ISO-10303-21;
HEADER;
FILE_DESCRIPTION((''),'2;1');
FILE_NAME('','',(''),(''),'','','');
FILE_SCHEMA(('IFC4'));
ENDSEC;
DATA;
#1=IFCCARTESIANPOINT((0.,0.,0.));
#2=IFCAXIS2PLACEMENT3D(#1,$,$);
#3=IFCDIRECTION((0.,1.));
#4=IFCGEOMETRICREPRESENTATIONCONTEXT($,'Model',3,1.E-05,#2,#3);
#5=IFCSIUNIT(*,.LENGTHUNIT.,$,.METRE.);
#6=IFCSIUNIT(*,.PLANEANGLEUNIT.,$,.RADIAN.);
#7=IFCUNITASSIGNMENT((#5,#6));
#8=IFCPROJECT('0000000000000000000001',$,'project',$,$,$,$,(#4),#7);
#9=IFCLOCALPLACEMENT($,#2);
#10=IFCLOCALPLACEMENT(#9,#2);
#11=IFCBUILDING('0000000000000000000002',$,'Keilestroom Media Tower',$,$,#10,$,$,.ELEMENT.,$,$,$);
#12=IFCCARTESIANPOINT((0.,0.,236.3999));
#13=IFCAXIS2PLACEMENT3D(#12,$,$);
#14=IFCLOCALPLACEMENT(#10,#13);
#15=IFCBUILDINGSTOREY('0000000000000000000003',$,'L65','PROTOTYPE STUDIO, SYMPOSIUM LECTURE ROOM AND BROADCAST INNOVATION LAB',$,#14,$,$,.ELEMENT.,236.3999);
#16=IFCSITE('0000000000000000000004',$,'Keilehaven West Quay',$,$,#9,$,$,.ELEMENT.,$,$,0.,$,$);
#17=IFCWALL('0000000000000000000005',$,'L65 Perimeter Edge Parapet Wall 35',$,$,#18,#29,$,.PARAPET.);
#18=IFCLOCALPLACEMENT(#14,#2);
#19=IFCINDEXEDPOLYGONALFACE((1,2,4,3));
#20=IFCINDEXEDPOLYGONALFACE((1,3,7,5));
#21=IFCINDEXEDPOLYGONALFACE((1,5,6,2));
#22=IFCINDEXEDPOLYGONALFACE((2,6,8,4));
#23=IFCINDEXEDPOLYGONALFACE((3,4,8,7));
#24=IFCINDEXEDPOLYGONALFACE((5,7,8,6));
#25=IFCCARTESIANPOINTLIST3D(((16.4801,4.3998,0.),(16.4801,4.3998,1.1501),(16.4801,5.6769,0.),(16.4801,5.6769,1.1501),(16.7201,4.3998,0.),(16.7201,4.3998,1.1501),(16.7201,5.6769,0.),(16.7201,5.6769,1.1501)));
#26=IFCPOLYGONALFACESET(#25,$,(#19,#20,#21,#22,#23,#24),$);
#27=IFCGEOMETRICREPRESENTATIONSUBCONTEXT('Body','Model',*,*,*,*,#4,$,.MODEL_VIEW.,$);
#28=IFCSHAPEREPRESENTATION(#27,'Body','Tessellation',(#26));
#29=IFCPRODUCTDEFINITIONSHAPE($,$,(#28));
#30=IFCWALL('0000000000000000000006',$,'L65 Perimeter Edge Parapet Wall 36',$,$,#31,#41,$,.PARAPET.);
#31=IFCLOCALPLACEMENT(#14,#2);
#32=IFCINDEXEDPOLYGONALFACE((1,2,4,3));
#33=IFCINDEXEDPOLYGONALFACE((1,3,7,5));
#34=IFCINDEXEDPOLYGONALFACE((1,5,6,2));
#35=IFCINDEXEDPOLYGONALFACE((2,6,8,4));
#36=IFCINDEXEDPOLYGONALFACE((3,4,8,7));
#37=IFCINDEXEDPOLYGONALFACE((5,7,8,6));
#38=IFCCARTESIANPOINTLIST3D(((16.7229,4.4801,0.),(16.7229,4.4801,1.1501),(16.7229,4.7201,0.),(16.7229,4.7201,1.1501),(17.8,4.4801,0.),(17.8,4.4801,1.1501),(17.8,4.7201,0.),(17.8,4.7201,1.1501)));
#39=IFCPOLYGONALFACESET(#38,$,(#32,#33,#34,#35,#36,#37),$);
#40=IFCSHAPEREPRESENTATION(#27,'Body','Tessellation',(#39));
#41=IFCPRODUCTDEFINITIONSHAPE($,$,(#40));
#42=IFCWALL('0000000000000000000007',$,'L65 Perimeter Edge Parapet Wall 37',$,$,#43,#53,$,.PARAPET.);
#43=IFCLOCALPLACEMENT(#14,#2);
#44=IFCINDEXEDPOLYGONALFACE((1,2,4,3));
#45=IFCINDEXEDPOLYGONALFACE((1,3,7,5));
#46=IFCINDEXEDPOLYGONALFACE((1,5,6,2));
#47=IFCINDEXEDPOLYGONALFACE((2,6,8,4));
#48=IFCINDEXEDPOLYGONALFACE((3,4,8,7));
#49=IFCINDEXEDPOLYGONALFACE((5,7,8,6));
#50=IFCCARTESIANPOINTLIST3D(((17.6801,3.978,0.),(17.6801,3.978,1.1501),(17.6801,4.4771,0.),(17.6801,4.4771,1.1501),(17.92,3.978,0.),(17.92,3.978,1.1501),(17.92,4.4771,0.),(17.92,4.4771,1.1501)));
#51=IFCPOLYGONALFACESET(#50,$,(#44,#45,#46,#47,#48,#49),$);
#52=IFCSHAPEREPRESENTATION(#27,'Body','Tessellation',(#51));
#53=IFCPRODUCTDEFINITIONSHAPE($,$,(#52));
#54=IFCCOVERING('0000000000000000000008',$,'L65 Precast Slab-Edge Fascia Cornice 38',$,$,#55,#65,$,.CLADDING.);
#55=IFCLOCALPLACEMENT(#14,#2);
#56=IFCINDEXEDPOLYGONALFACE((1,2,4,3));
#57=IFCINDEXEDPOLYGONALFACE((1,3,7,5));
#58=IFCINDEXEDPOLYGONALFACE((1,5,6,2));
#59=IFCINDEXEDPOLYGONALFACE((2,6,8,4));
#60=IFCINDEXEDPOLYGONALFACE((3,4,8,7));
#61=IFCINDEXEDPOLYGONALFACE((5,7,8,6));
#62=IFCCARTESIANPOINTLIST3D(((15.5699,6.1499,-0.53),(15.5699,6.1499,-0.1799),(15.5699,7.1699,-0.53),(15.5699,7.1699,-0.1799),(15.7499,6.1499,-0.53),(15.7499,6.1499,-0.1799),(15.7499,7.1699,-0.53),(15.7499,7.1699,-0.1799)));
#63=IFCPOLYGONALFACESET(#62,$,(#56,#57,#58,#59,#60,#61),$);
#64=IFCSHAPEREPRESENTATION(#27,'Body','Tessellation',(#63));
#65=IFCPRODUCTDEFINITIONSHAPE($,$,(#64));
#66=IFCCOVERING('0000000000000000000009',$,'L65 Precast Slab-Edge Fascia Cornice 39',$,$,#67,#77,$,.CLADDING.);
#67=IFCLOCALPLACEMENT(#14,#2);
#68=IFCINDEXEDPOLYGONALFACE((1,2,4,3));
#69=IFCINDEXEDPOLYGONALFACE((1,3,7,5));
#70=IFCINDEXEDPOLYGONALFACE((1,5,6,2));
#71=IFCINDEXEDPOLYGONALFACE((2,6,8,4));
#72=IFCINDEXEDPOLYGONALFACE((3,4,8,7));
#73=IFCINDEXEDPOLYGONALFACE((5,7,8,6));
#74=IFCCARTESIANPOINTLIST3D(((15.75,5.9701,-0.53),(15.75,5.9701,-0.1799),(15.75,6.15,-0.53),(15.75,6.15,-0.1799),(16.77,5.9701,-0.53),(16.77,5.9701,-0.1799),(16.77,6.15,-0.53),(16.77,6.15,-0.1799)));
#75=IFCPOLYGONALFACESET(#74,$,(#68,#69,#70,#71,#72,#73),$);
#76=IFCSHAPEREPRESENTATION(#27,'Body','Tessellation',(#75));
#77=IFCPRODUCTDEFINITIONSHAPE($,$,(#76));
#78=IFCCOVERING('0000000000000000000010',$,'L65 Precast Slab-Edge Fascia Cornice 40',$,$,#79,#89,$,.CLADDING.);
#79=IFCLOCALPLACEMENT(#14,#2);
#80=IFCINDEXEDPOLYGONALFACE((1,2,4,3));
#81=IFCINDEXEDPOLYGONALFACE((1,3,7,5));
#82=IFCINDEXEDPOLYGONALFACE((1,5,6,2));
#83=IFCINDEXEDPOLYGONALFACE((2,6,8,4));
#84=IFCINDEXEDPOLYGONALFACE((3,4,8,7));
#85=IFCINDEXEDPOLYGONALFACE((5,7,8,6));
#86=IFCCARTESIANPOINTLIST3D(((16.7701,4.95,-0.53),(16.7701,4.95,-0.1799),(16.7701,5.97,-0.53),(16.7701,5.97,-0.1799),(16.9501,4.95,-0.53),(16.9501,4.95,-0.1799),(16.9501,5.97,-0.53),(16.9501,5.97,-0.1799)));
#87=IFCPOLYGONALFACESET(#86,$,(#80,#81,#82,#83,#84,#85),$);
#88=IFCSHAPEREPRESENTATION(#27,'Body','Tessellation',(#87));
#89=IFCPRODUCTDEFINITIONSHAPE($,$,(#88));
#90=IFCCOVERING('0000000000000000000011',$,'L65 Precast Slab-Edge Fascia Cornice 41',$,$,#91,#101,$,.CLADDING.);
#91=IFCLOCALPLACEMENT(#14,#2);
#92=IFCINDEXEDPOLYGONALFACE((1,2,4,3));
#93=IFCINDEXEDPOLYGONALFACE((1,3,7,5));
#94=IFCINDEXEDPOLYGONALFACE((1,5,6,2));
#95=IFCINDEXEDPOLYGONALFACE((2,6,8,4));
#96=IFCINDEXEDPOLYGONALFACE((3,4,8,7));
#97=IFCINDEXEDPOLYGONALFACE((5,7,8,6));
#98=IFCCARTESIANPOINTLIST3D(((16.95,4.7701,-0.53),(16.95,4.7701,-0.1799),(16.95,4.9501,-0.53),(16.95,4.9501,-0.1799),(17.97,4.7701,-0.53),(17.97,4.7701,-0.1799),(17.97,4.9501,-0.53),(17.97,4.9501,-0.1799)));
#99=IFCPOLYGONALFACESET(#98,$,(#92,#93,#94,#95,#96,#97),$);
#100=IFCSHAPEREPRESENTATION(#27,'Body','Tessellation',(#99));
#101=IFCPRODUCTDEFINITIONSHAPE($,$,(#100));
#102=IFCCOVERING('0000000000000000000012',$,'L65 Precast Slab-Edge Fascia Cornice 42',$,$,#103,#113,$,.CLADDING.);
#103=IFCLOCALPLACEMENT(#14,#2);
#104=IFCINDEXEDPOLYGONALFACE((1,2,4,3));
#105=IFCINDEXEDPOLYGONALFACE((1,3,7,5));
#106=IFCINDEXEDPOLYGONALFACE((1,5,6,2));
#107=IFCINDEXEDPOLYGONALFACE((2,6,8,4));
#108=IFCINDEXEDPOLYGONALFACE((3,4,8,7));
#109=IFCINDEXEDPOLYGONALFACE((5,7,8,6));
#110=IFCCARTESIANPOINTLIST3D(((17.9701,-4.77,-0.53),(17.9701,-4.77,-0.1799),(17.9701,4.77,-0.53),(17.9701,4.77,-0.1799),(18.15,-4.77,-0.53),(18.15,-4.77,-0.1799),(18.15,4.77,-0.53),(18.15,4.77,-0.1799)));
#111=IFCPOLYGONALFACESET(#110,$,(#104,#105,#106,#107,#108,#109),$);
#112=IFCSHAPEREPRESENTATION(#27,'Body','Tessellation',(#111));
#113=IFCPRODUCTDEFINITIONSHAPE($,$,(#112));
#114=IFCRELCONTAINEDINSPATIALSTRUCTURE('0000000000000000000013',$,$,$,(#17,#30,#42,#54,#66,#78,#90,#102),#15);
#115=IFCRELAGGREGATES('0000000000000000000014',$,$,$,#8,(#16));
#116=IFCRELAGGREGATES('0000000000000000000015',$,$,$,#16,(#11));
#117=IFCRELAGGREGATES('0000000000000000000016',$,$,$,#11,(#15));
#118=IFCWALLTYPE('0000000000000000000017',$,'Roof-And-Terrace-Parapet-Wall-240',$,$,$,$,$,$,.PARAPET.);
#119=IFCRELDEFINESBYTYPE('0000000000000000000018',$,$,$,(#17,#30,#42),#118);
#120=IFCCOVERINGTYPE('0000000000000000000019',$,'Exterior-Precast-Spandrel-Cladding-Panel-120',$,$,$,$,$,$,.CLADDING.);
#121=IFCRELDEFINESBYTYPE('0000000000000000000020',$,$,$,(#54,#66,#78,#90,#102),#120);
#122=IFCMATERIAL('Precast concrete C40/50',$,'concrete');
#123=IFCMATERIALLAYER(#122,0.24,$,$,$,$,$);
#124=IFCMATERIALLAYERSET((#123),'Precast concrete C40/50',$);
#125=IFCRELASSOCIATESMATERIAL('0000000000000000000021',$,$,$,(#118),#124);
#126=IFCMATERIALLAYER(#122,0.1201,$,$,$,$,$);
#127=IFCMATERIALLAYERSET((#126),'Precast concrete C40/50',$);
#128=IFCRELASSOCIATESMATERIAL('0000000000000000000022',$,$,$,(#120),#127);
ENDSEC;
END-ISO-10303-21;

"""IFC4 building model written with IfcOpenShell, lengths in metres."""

from ifc_helpers import new_model, si_unit, direction, frame, frame_2d, origin, origin_2d, place, context, subcontext, project, spatial, rectangle, extrude, source, transform, mapped, material, layer, layer_set, type_object, element, save


model = new_model("IFC4")

# Units and contexts
model_context = context("Model", 3, precision=1e-05, world=origin(), true_north=direction((0.0, 1.0)))
body_context = subcontext(model_context, "Body", "Model", "MODEL_VIEW")
ifc_project = project(units=[si_unit("LENGTHUNIT", "METRE"), si_unit("PLANEANGLEUNIT", "RADIAN")], contexts=[model_context])

# Site, building, storey
site_placement = place(None, origin())
site = spatial("IfcSite", under=ifc_project, at=site_placement, Name="Keilehaven West Quay", CompositionType="ELEMENT", RefElevation=0.0)
building_placement = place(site_placement, origin())
building = spatial("IfcBuilding", under=site, at=building_placement, Name="Keilestroom Media Tower", CompositionType="ELEMENT")
storey_placement = place(building_placement, frame((0.0, 0.0, 236.3999)))
storey = spatial("IfcBuildingStorey", under=building, at=storey_placement, Name="L65", Description="PROTOTYPE STUDIO, SYMPOSIUM LECTURE ROOM AND BROADCAST INNOVATION LAB", CompositionType="ELEMENT", Elevation=236.3999)

# Shared definitions
ifc_material_1 = material(Name="Precast concrete C40/50", Category="concrete")

# Walls
ifc_layer_1 = layer(ifc_material_1, 0.24)
ifc_layer_set_1 = layer_set([ifc_layer_1], Name="Precast concrete C40/50")
wall_type = type_object("IfcWallType", Name="Roof-And-Terrace-Parapet-Wall-240", PredefinedType="PARAPET", material=ifc_layer_set_1)
wall_1_placement = place(storey_placement, frame((16.6001, 5.677, 0.0), z_axis=(0.0, 0.0, 1.0), x_axis=(0.0, -1.0, 0.0)))
element("IfcWall", 1, at=wall_1_placement, inside=storey, type_object=wall_type, Name="L65 Perimeter Edge Parapet Wall 35", PredefinedType="PARAPET", context=body_context, shape_type="SweptSolid", body=[
    extrude(rectangle(XDim=1.2771, YDim=0.24, at=frame_2d((0.6387, 0.0))), origin(), (0.0, 0.0, 1.0), 1.1501),
])
wall_2_placement = place(storey_placement, frame((16.7229, 4.6001, 0.0), z_axis=(0.0, 0.0, 1.0), x_axis=(1.0, 0.0, 0.0)))
element("IfcWall", 2, at=wall_2_placement, inside=storey, type_object=wall_type, Name="L65 Perimeter Edge Parapet Wall 36", PredefinedType="PARAPET", context=body_context, shape_type="SweptSolid", body=[
    extrude(rectangle(XDim=1.0771, YDim=0.24, at=frame_2d((0.5386, 0.0))), origin(), (0.0, 0.0, 1.0), 1.1501),
])
wall_3_placement = place(storey_placement, frame((17.8, 4.4771, 0.0), z_axis=(0.0, 0.0, 1.0), x_axis=(0.0, -1.0, 0.0)))
element("IfcWall", 3, at=wall_3_placement, inside=storey, type_object=wall_type, Name="L65 Perimeter Edge Parapet Wall 37", PredefinedType="PARAPET", context=body_context, shape_type="SweptSolid", body=[
    extrude(rectangle(XDim=0.499, YDim=0.24, at=frame_2d((0.2495, 0.0))), origin(), (0.0, 0.0, 1.0), 1.1501),
])

# Coverings
ifc_layer_2 = layer(ifc_material_1, 0.1201)
ifc_layer_set_2 = layer_set([ifc_layer_2], Name="Precast concrete C40/50")
covering_type = type_object("IfcCoveringType", Name="Exterior-Precast-Spandrel-Cladding-Panel-120", PredefinedType="CLADDING", material=ifc_layer_set_2)
shared_shape_1 = source(origin(), body_context, "Body", "SweptSolid", [
    extrude(rectangle(XDim=1.02, YDim=0.1799, at=origin_2d()), origin(), (0.0, 0.0, 1.0), 0.3501),
])
for number, where, z_axis, x_axis, name in (
    (4, (15.6599, 6.6599, -0.53), (0.0, 0.0, 1.0), (0.0, -1.0, 0.0), "L65 Precast Slab-Edge Fascia Cornice 38"),
    (5, (16.26, 6.0601, -0.53), (0.0, 0.0, 1.0), (1.0, 0.0, 0.0), "L65 Precast Slab-Edge Fascia Cornice 39"),
    (6, (16.8601, 5.46, -0.53), (0.0, 0.0, 1.0), (0.0, -1.0, 0.0), "L65 Precast Slab-Edge Fascia Cornice 40"),
    (7, (17.46, 4.8601, -0.53), (0.0, 0.0, 1.0), (1.0, 0.0, 0.0), "L65 Precast Slab-Edge Fascia Cornice 41"),
):
    element("IfcCovering", number, at=place(storey_placement, frame(where, z_axis=z_axis, x_axis=x_axis)), inside=storey, type_object=covering_type, Name=name, PredefinedType="CLADDING", context=body_context, shape_type="MappedRepresentation", body=[
        mapped(shared_shape_1, transform((0.0, 0.0, 0.0), x_axis=(1.0, 0.0, 0.0), y_axis=(0.0, 1.0, 0.0), z_axis=(0.0, 0.0, 1.0), scale=1.0)),
    ])
shared_shape_2 = source(origin(), body_context, "Body", "SweptSolid", [
    extrude(rectangle(XDim=9.54, YDim=0.1799, at=origin_2d()), origin(), (0.0, 0.0, 1.0), 0.3501),
])
covering_placement = place(storey_placement, frame((18.0601, 0.0, -0.53), z_axis=(0.0, 0.0, 1.0), x_axis=(0.0, -1.0, 0.0)))
element("IfcCovering", 8, at=covering_placement, inside=storey, type_object=covering_type, Name="L65 Precast Slab-Edge Fascia Cornice 42", PredefinedType="CLADDING", context=body_context, shape_type="MappedRepresentation", body=[
    mapped(shared_shape_2, transform((0.0, 0.0, 0.0), x_axis=(1.0, 0.0, 0.0), y_axis=(0.0, 1.0, 0.0), z_axis=(0.0, 0.0, 1.0), scale=1.0)),
])

save(model, "model.ifc")
